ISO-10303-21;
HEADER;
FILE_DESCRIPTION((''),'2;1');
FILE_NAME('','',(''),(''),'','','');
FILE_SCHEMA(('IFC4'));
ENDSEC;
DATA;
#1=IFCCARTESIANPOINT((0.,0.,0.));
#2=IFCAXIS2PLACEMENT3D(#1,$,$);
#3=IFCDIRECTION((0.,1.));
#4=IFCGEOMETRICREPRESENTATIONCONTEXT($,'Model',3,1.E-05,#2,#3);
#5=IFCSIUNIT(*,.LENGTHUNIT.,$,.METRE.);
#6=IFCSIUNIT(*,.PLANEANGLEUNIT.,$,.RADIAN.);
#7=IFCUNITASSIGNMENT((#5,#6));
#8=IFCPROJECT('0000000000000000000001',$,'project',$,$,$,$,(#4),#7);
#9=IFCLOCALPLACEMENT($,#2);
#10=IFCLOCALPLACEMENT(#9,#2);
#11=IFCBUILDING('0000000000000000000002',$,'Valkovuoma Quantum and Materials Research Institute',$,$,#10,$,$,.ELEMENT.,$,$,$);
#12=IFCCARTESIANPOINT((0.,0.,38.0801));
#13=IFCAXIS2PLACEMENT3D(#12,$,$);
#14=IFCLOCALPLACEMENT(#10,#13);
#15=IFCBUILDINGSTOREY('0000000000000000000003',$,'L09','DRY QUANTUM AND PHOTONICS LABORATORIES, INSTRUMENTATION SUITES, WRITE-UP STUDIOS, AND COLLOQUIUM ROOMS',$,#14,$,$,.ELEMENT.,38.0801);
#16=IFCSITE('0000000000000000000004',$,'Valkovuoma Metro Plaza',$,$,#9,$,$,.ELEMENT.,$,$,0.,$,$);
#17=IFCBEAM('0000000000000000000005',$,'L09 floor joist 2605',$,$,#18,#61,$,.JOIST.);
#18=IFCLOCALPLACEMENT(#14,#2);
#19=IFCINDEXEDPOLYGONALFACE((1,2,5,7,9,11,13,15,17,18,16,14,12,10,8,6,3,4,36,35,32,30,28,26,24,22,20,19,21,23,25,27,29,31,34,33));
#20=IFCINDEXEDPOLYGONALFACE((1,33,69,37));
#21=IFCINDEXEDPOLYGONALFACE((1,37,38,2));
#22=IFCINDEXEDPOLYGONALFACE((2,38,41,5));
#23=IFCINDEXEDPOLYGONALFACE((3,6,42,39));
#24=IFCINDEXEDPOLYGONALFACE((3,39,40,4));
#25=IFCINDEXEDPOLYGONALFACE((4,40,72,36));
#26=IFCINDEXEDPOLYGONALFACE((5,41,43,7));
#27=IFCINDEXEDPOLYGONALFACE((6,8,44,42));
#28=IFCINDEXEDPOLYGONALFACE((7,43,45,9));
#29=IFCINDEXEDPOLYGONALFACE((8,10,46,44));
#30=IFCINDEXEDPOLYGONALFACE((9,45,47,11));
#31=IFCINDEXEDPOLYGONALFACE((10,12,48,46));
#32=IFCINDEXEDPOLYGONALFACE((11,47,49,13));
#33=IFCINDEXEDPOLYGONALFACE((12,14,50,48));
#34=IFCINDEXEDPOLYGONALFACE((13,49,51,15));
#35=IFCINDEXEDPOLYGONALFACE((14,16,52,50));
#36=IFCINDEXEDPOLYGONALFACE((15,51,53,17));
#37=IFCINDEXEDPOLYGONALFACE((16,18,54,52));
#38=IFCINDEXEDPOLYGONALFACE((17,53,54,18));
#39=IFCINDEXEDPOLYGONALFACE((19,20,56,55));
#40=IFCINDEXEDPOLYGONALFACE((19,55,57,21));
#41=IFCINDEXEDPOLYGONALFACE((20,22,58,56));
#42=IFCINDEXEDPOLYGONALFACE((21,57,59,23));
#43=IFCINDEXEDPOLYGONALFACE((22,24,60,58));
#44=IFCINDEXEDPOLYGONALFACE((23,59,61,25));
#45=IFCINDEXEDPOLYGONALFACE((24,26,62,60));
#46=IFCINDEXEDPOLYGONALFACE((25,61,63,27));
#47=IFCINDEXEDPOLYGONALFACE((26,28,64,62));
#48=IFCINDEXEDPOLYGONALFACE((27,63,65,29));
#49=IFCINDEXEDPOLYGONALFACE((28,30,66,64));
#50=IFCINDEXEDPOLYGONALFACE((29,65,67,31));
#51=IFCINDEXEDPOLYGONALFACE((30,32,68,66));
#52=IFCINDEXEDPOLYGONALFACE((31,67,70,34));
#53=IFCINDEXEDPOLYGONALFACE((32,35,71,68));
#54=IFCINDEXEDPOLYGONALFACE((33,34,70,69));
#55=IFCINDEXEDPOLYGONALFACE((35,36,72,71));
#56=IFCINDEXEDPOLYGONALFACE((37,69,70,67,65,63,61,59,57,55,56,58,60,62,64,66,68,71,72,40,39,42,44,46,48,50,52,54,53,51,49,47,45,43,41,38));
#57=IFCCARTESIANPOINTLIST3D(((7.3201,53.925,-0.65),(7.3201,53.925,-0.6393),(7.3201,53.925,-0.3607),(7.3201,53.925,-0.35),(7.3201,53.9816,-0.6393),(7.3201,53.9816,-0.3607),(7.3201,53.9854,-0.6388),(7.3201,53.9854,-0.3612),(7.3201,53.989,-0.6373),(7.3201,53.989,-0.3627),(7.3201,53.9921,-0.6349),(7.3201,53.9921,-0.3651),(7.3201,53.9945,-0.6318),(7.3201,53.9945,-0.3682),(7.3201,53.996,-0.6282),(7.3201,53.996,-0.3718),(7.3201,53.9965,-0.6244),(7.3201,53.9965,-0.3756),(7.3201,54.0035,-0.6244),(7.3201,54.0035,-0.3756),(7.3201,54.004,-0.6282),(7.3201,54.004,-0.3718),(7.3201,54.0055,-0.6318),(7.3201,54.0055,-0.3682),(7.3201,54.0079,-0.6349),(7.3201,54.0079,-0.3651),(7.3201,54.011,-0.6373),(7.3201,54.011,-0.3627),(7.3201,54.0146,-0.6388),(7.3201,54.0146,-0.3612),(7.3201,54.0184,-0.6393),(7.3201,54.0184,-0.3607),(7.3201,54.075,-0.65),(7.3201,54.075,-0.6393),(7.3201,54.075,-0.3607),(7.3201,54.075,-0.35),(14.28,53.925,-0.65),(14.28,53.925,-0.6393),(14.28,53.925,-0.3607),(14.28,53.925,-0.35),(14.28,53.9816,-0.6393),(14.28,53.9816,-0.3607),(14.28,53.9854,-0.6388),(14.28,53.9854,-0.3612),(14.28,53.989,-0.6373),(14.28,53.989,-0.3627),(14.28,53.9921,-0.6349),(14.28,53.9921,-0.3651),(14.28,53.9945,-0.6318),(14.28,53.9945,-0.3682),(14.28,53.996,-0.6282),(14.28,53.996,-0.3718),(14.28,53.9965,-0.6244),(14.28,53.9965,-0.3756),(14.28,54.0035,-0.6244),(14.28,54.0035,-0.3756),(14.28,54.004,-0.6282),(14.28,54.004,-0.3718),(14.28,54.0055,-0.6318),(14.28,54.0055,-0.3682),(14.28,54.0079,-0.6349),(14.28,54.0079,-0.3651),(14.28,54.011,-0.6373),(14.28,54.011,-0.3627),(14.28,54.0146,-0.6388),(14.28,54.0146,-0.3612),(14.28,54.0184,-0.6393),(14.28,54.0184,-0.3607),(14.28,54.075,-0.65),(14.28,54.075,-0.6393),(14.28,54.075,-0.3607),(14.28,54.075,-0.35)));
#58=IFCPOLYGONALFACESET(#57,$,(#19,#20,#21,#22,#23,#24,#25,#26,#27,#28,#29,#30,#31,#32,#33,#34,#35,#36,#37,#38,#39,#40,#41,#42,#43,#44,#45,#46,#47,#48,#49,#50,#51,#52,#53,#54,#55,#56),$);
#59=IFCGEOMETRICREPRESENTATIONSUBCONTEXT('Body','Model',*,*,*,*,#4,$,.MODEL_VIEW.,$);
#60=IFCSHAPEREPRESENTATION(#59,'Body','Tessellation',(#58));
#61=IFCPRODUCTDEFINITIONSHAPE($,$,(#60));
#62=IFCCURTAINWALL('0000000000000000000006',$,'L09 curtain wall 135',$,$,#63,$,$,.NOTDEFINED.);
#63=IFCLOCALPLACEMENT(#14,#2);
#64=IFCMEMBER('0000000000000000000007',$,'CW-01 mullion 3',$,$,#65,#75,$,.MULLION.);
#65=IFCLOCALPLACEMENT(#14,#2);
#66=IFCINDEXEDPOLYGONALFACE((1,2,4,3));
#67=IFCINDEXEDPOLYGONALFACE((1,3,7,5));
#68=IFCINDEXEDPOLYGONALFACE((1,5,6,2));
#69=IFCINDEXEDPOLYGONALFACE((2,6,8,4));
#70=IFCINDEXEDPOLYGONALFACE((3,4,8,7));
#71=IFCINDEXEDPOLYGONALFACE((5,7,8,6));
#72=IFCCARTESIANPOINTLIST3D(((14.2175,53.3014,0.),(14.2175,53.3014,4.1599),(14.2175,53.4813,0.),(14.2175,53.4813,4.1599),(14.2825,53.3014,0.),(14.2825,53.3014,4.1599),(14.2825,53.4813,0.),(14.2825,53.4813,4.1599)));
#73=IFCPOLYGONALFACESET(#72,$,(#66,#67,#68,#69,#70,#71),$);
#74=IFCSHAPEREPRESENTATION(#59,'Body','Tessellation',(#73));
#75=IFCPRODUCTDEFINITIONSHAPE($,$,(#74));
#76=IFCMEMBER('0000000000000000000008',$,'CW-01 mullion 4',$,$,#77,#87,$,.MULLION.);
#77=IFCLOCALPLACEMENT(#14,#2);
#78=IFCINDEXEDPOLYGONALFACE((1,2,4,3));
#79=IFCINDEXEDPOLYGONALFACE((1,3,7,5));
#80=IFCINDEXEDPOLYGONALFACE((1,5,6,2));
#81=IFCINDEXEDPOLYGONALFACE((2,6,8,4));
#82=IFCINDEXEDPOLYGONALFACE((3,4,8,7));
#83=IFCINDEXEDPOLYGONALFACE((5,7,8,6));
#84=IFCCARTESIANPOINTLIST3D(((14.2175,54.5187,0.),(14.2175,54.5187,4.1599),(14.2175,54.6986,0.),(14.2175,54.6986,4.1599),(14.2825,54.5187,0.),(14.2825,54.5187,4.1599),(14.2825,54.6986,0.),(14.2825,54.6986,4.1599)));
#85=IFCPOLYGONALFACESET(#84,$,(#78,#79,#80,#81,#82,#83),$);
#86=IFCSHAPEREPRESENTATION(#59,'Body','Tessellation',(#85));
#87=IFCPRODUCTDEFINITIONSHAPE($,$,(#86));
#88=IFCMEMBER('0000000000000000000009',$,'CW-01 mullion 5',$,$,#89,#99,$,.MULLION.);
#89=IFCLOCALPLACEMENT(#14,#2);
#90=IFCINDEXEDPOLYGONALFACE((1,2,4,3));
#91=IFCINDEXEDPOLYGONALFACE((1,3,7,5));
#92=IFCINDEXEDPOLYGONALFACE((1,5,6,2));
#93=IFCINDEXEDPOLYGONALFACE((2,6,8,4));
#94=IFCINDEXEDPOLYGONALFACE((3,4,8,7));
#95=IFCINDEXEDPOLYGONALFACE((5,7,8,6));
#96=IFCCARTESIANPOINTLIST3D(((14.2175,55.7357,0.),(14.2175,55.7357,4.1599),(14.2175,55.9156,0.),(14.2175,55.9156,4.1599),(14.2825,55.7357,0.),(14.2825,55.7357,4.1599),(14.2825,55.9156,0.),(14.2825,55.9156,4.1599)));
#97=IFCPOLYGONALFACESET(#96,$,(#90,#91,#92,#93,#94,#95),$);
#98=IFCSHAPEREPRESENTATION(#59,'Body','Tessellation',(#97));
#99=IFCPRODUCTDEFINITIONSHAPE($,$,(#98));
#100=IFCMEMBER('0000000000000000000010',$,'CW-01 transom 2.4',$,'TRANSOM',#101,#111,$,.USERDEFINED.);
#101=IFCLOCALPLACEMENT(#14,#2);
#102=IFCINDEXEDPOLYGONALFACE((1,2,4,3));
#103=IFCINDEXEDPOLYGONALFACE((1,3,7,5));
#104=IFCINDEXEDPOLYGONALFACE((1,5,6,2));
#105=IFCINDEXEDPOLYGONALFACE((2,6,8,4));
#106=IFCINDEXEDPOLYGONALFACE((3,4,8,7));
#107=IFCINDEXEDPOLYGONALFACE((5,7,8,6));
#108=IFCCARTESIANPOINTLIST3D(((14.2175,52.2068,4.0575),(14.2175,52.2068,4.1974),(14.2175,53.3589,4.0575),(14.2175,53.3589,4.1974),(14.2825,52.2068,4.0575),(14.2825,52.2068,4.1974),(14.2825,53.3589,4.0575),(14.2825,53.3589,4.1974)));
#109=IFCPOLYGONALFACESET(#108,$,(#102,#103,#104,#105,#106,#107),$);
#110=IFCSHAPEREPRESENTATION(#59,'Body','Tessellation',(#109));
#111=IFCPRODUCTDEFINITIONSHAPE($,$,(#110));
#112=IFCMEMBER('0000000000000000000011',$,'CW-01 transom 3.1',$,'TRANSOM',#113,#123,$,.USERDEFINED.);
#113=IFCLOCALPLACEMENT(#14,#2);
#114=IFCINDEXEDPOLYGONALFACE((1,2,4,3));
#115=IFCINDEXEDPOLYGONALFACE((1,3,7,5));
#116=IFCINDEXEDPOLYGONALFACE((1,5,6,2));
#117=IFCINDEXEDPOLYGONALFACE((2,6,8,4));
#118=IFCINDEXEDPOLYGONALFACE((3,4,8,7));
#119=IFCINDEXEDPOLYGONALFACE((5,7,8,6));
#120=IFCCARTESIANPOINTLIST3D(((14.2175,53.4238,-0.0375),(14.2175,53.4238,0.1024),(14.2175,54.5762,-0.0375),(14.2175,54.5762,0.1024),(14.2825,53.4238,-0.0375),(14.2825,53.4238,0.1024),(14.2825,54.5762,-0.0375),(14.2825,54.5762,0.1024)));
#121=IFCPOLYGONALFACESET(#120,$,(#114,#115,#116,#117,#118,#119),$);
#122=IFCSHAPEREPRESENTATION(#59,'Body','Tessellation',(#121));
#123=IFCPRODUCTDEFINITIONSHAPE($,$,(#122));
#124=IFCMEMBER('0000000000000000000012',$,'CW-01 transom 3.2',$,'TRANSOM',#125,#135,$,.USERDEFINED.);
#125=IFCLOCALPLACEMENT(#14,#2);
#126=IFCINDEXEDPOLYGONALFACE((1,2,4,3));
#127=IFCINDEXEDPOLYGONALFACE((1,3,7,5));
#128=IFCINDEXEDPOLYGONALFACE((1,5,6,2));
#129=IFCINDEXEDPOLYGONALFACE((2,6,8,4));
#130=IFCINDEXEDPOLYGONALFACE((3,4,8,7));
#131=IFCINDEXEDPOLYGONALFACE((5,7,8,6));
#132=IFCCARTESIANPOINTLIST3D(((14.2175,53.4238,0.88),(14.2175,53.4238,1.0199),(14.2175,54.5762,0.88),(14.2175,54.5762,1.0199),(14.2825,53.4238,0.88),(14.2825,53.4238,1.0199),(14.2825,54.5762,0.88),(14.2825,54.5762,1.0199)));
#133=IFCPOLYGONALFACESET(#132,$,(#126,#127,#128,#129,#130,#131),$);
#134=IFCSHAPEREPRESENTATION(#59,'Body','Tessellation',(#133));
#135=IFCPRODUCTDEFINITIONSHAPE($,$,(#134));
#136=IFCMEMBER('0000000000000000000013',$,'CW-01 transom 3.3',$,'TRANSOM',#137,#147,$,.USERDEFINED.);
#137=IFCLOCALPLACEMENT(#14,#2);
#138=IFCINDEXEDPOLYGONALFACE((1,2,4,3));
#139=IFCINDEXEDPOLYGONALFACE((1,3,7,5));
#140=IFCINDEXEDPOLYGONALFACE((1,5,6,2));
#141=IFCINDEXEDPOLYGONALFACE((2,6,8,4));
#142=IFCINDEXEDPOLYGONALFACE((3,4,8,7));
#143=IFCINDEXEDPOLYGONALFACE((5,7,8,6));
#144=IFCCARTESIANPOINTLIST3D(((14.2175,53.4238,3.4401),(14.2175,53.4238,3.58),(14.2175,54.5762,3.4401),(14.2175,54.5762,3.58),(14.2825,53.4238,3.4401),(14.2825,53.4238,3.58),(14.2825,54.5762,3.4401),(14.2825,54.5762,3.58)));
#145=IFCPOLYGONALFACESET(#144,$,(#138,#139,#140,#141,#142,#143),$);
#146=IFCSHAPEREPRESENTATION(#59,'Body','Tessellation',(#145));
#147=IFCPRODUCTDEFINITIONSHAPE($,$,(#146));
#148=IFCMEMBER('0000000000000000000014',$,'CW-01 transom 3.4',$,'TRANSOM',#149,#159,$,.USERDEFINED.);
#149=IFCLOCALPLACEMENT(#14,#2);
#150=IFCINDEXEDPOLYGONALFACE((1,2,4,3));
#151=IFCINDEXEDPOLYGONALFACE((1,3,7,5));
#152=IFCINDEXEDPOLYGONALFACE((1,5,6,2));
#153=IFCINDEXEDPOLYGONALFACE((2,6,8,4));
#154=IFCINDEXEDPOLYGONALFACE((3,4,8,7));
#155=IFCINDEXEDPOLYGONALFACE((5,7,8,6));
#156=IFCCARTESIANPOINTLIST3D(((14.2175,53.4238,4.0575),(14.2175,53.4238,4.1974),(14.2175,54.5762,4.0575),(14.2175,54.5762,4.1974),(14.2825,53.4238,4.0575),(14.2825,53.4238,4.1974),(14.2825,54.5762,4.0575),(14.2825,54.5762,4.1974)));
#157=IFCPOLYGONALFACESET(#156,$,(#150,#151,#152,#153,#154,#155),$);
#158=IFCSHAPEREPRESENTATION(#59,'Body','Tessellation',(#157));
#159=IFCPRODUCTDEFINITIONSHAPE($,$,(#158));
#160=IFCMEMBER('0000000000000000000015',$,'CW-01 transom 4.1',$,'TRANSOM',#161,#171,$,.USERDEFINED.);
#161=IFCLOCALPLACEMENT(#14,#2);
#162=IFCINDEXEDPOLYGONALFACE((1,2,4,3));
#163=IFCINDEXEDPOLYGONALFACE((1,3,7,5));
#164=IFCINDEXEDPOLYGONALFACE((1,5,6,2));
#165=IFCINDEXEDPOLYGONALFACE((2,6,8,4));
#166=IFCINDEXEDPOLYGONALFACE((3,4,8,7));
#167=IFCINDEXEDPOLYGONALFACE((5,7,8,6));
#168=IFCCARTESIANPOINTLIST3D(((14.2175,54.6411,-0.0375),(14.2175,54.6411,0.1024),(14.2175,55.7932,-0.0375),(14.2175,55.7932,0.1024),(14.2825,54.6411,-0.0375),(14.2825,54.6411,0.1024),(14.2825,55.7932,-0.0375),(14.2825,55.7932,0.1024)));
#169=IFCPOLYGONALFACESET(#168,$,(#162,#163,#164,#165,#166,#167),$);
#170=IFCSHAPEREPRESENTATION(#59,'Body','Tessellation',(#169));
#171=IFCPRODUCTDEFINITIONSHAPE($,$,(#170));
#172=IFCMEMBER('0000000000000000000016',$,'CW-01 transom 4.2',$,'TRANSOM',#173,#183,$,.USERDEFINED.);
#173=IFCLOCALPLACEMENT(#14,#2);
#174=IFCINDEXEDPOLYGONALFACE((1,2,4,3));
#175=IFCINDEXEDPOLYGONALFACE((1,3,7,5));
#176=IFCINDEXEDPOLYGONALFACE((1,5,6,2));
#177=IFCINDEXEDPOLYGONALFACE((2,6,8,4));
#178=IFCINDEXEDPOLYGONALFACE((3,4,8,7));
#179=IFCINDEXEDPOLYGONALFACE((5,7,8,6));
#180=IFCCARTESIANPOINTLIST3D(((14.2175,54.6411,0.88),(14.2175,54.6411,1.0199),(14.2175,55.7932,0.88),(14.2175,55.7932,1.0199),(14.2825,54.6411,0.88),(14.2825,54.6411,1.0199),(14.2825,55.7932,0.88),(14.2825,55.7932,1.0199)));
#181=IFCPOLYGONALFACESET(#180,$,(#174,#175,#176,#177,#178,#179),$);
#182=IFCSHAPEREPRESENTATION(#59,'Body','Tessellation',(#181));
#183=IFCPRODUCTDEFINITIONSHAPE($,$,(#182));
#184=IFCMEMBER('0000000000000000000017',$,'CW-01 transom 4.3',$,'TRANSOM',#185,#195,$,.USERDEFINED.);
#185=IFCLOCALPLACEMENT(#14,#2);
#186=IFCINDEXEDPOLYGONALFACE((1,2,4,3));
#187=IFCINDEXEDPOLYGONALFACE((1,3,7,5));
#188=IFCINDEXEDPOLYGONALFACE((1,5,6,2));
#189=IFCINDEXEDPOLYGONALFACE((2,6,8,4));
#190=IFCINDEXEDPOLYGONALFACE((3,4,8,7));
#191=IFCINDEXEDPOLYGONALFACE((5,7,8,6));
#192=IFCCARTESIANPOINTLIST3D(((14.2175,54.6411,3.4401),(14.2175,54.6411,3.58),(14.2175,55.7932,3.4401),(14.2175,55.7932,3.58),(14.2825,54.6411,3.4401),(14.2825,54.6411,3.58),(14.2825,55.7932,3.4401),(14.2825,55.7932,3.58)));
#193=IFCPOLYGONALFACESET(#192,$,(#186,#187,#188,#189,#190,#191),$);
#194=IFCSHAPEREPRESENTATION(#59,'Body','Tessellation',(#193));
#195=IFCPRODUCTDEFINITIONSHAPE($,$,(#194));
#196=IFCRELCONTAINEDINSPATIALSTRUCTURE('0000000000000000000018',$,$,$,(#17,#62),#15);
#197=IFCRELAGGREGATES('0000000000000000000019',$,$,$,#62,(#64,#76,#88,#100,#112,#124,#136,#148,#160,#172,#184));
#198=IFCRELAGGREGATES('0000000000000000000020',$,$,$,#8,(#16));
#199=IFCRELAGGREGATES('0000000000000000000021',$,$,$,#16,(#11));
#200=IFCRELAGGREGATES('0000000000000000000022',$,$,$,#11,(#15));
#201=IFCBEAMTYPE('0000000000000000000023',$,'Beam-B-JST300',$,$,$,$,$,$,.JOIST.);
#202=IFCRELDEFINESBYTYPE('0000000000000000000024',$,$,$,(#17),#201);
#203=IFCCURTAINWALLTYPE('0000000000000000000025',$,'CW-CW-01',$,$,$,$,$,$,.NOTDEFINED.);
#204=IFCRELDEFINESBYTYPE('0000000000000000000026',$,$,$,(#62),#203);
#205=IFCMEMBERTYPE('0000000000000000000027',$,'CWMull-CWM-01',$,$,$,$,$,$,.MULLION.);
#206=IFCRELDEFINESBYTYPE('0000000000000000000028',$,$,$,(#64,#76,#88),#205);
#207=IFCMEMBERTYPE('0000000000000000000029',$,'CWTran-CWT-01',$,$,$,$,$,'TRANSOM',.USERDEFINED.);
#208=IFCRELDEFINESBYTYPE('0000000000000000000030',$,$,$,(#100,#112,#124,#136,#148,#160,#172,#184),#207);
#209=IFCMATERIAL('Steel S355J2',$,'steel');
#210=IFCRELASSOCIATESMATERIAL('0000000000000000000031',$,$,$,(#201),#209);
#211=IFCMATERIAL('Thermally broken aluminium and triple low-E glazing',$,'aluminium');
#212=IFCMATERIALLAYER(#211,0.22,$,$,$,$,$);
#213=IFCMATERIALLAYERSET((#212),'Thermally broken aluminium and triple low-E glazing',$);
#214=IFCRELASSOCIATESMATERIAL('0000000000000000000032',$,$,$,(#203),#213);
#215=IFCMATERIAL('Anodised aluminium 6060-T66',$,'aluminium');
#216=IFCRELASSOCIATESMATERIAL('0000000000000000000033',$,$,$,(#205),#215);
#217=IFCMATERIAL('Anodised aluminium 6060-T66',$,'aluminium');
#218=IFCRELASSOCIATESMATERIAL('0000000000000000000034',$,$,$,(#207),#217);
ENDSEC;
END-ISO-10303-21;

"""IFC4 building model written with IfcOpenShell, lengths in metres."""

from ifc_helpers import new_model, si_unit, direction, frame, origin, origin_2d, place, context, subcontext, project, spatial, rectangle, i_section, extrude, material, layer, layer_set, material_profile, profile_set, type_object, element, aggregate, save


model = new_model("IFC4")

# Units and contexts
model_context = context("Model", 3, precision=1e-05, world=origin(), true_north=direction((0.0, 1.0)))
body_context = subcontext(model_context, "Body", "Model", "MODEL_VIEW")
ifc_project = project(units=[si_unit("LENGTHUNIT", "METRE"), si_unit("PLANEANGLEUNIT", "RADIAN")], contexts=[model_context])

# Site, building, storey
site_placement = place(None, origin())
site = spatial("IfcSite", under=ifc_project, at=site_placement, Name="Valkovuoma Metro Plaza", CompositionType="ELEMENT", RefElevation=0.0)
building_placement = place(site_placement, origin())
building = spatial("IfcBuilding", under=site, at=building_placement, Name="Valkovuoma Quantum and Materials Research Institute", CompositionType="ELEMENT")
storey_placement = place(building_placement, frame((0.0, 0.0, 38.0801)))
storey = spatial("IfcBuildingStorey", under=building, at=storey_placement, Name="L09", Description="DRY QUANTUM AND PHOTONICS LABORATORIES, INSTRUMENTATION SUITES, WRITE-UP STUDIOS, AND COLLOQUIUM ROOMS", CompositionType="ELEMENT", Elevation=38.0801)

# Beam
ifc_material_1 = material(Name="Steel S355J2", Category="steel")
ifc_material_profile_1 = material_profile(ifc_material_1, i_section(OverallWidth=0.1499, OverallDepth=0.3, WebThickness=0.0071, FlangeThickness=0.0107, FilletRadius=0.0149, at=origin_2d()), Name="Steel S355J2")
ifc_profile_set_1 = profile_set([ifc_material_profile_1], Name="Steel S355J2")
beam_type = type_object("IfcBeamType", Name="Beam-B-JST300", PredefinedType="JOIST", material=ifc_profile_set_1)
beam_placement = place(storey_placement, frame((7.3201, 54.0, -0.5), z_axis=(1.0, 0.0, 0.0), x_axis=(0.0, 1.0, 0.0)))
element("IfcBeam", 1, at=beam_placement, inside=storey, type_object=beam_type, Name="L09 floor joist 2605", PredefinedType="JOIST", context=body_context, shape_type="SweptSolid", body=[
    extrude(i_section(OverallWidth=0.1499, OverallDepth=0.3, WebThickness=0.0071, FlangeThickness=0.0107, FilletRadius=0.0149, at=origin_2d()), origin(), (0.0, 0.0, 1.0), 6.96),
])

# Curtain wall, members
ifc_material_2 = material(Name="Thermally broken aluminium and triple low-E glazing", Category="aluminium")
ifc_layer_1 = layer(ifc_material_2, 0.22)
ifc_layer_set_1 = layer_set([ifc_layer_1], Name="Thermally broken aluminium and triple low-E glazing")
curtain_wall_type = type_object("IfcCurtainWallType", Name="CW-CW-01", PredefinedType="NOTDEFINED", material=ifc_layer_set_1)
curtain_wall_placement = place(storey_placement, origin())
curtain_wall = element("IfcCurtainWall", 2, at=curtain_wall_placement, inside=storey, type_object=curtain_wall_type, Name="L09 curtain wall 135", PredefinedType="NOTDEFINED")
ifc_material_3 = material(Name="Anodised aluminium 6060-T66", Category="aluminium")
ifc_material_profile_2 = material_profile(ifc_material_3, rectangle(XDim=0.0649, YDim=0.1799, at=origin_2d()), Name="Anodised aluminium 6060-T66")
ifc_profile_set_2 = profile_set([ifc_material_profile_2], Name="Anodised aluminium 6060-T66")
member_type_1 = type_object("IfcMemberType", Name="CWMull-CWM-01", PredefinedType="MULLION", material=ifc_profile_set_2)
member_1_placement = place(storey_placement, frame((14.25, 53.3914, 0.0), z_axis=(0.0, 0.0, 1.0), x_axis=(-1.0, 0.0, 0.0)))
member_1 = element("IfcMember", 3, at=member_1_placement, type_object=member_type_1, Name="CW-01 mullion 3", PredefinedType="MULLION", context=body_context, shape_type="SweptSolid", body=[
    extrude(rectangle(XDim=0.0649, YDim=0.1799, at=origin_2d()), origin(), (0.0, 0.0, 1.0), 4.1599),
])
member_2_placement = place(storey_placement, frame((14.25, 54.6086, 0.0), z_axis=(0.0, 0.0, 1.0), x_axis=(-1.0, 0.0, 0.0)))
member_2 = element("IfcMember", 4, at=member_2_placement, type_object=member_type_1, Name="CW-01 mullion 4", PredefinedType="MULLION", context=body_context, shape_type="SweptSolid", body=[
    extrude(rectangle(XDim=0.0649, YDim=0.1799, at=origin_2d()), origin(), (0.0, 0.0, 1.0), 4.1599),
])
member_3_placement = place(storey_placement, frame((14.25, 55.8257, 0.0), z_axis=(0.0, 0.0, 1.0), x_axis=(-1.0, 0.0, 0.0)))
member_3 = element("IfcMember", 5, at=member_3_placement, type_object=member_type_1, Name="CW-01 mullion 5", PredefinedType="MULLION", context=body_context, shape_type="SweptSolid", body=[
    extrude(rectangle(XDim=0.0649, YDim=0.1799, at=origin_2d()), origin(), (0.0, 0.0, 1.0), 4.1599),
])
ifc_material_4 = material(Name="Anodised aluminium 6060-T66", Category="aluminium")
ifc_material_profile_3 = material_profile(ifc_material_4, rectangle(XDim=0.0649, YDim=0.1399, at=origin_2d()), Name="Anodised aluminium 6060-T66")
ifc_profile_set_3 = profile_set([ifc_material_profile_3], Name="Anodised aluminium 6060-T66")
member_type_2 = type_object("IfcMemberType", Name="CWTran-CWT-01", ElementType="TRANSOM", PredefinedType="USERDEFINED", material=ifc_profile_set_3)
member_4_placement = place(storey_placement, frame((14.25, 52.2068, 4.1274), z_axis=(0.0, 1.0, 0.0), x_axis=(-1.0, 0.0, 0.0)))
member_4 = element("IfcMember", 6, at=member_4_placement, type_object=member_type_2, Name="CW-01 transom 2.4", ObjectType="TRANSOM", PredefinedType="USERDEFINED", context=body_context, shape_type="SweptSolid", body=[
    extrude(rectangle(XDim=0.0649, YDim=0.1399, at=origin_2d()), origin(), (0.0, 0.0, 1.0), 1.1521),
])
member_5_placement = place(storey_placement, frame((14.25, 53.4238, 0.0325), z_axis=(0.0, 1.0, 0.0), x_axis=(-1.0, 0.0, 0.0)))
member_5 = element("IfcMember", 7, at=member_5_placement, type_object=member_type_2, Name="CW-01 transom 3.1", ObjectType="TRANSOM", PredefinedType="USERDEFINED", context=body_context, shape_type="SweptSolid", body=[
    extrude(rectangle(XDim=0.0649, YDim=0.1399, at=origin_2d()), origin(), (0.0, 0.0, 1.0), 1.1523),
])
member_6_placement = place(storey_placement, frame((14.25, 53.4238, 0.95), z_axis=(0.0, 1.0, 0.0), x_axis=(-1.0, 0.0, 0.0)))
member_6 = element("IfcMember", 8, at=member_6_placement, type_object=member_type_2, Name="CW-01 transom 3.2", ObjectType="TRANSOM", PredefinedType="USERDEFINED", context=body_context, shape_type="SweptSolid", body=[
    extrude(rectangle(XDim=0.0649, YDim=0.1399, at=origin_2d()), origin(), (0.0, 0.0, 1.0), 1.1523),
])
member_7_placement = place(storey_placement, frame((14.25, 53.4238, 3.51), z_axis=(0.0, 1.0, 0.0), x_axis=(-1.0, 0.0, 0.0)))
member_7 = element("IfcMember", 9, at=member_7_placement, type_object=member_type_2, Name="CW-01 transom 3.3", ObjectType="TRANSOM", PredefinedType="USERDEFINED", context=body_context, shape_type="SweptSolid", body=[
    extrude(rectangle(XDim=0.0649, YDim=0.1399, at=origin_2d()), origin(), (0.0, 0.0, 1.0), 1.1523),
])
member_8_placement = place(storey_placement, frame((14.25, 53.4238, 4.1274), z_axis=(0.0, 1.0, 0.0), x_axis=(-1.0, 0.0, 0.0)))
member_8 = element("IfcMember", 10, at=member_8_placement, type_object=member_type_2, Name="CW-01 transom 3.4", ObjectType="TRANSOM", PredefinedType="USERDEFINED", context=body_context, shape_type="SweptSolid", body=[
    extrude(rectangle(XDim=0.0649, YDim=0.1399, at=origin_2d()), origin(), (0.0, 0.0, 1.0), 1.1523),
])
member_9_placement = place(storey_placement, frame((14.25, 54.6411, 0.0325), z_axis=(0.0, 1.0, 0.0), x_axis=(-1.0, 0.0, 0.0)))
member_9 = element("IfcMember", 11, at=member_9_placement, type_object=member_type_2, Name="CW-01 transom 4.1", ObjectType="TRANSOM", PredefinedType="USERDEFINED", context=body_context, shape_type="SweptSolid", body=[
    extrude(rectangle(XDim=0.0649, YDim=0.1399, at=origin_2d()), origin(), (0.0, 0.0, 1.0), 1.1521),
])
member_10_placement = place(storey_placement, frame((14.25, 54.6411, 0.95), z_axis=(0.0, 1.0, 0.0), x_axis=(-1.0, 0.0, 0.0)))
member_10 = element("IfcMember", 12, at=member_10_placement, type_object=member_type_2, Name="CW-01 transom 4.2", ObjectType="TRANSOM", PredefinedType="USERDEFINED", context=body_context, shape_type="SweptSolid", body=[
    extrude(rectangle(XDim=0.0649, YDim=0.1399, at=origin_2d()), origin(), (0.0, 0.0, 1.0), 1.1521),
])
member_11_placement = place(storey_placement, frame((14.25, 54.6411, 3.51), z_axis=(0.0, 1.0, 0.0), x_axis=(-1.0, 0.0, 0.0)))
member_11 = element("IfcMember", 13, at=member_11_placement, type_object=member_type_2, Name="CW-01 transom 4.3", ObjectType="TRANSOM", PredefinedType="USERDEFINED", context=body_context, shape_type="SweptSolid", body=[
    extrude(rectangle(XDim=0.0649, YDim=0.1399, at=origin_2d()), origin(), (0.0, 0.0, 1.0), 1.1521),
])
aggregate(curtain_wall, [member_1, member_2, member_3, member_4, member_5, member_6, member_7, member_8, member_9, member_10, member_11])

save(model, "model.ifc")
